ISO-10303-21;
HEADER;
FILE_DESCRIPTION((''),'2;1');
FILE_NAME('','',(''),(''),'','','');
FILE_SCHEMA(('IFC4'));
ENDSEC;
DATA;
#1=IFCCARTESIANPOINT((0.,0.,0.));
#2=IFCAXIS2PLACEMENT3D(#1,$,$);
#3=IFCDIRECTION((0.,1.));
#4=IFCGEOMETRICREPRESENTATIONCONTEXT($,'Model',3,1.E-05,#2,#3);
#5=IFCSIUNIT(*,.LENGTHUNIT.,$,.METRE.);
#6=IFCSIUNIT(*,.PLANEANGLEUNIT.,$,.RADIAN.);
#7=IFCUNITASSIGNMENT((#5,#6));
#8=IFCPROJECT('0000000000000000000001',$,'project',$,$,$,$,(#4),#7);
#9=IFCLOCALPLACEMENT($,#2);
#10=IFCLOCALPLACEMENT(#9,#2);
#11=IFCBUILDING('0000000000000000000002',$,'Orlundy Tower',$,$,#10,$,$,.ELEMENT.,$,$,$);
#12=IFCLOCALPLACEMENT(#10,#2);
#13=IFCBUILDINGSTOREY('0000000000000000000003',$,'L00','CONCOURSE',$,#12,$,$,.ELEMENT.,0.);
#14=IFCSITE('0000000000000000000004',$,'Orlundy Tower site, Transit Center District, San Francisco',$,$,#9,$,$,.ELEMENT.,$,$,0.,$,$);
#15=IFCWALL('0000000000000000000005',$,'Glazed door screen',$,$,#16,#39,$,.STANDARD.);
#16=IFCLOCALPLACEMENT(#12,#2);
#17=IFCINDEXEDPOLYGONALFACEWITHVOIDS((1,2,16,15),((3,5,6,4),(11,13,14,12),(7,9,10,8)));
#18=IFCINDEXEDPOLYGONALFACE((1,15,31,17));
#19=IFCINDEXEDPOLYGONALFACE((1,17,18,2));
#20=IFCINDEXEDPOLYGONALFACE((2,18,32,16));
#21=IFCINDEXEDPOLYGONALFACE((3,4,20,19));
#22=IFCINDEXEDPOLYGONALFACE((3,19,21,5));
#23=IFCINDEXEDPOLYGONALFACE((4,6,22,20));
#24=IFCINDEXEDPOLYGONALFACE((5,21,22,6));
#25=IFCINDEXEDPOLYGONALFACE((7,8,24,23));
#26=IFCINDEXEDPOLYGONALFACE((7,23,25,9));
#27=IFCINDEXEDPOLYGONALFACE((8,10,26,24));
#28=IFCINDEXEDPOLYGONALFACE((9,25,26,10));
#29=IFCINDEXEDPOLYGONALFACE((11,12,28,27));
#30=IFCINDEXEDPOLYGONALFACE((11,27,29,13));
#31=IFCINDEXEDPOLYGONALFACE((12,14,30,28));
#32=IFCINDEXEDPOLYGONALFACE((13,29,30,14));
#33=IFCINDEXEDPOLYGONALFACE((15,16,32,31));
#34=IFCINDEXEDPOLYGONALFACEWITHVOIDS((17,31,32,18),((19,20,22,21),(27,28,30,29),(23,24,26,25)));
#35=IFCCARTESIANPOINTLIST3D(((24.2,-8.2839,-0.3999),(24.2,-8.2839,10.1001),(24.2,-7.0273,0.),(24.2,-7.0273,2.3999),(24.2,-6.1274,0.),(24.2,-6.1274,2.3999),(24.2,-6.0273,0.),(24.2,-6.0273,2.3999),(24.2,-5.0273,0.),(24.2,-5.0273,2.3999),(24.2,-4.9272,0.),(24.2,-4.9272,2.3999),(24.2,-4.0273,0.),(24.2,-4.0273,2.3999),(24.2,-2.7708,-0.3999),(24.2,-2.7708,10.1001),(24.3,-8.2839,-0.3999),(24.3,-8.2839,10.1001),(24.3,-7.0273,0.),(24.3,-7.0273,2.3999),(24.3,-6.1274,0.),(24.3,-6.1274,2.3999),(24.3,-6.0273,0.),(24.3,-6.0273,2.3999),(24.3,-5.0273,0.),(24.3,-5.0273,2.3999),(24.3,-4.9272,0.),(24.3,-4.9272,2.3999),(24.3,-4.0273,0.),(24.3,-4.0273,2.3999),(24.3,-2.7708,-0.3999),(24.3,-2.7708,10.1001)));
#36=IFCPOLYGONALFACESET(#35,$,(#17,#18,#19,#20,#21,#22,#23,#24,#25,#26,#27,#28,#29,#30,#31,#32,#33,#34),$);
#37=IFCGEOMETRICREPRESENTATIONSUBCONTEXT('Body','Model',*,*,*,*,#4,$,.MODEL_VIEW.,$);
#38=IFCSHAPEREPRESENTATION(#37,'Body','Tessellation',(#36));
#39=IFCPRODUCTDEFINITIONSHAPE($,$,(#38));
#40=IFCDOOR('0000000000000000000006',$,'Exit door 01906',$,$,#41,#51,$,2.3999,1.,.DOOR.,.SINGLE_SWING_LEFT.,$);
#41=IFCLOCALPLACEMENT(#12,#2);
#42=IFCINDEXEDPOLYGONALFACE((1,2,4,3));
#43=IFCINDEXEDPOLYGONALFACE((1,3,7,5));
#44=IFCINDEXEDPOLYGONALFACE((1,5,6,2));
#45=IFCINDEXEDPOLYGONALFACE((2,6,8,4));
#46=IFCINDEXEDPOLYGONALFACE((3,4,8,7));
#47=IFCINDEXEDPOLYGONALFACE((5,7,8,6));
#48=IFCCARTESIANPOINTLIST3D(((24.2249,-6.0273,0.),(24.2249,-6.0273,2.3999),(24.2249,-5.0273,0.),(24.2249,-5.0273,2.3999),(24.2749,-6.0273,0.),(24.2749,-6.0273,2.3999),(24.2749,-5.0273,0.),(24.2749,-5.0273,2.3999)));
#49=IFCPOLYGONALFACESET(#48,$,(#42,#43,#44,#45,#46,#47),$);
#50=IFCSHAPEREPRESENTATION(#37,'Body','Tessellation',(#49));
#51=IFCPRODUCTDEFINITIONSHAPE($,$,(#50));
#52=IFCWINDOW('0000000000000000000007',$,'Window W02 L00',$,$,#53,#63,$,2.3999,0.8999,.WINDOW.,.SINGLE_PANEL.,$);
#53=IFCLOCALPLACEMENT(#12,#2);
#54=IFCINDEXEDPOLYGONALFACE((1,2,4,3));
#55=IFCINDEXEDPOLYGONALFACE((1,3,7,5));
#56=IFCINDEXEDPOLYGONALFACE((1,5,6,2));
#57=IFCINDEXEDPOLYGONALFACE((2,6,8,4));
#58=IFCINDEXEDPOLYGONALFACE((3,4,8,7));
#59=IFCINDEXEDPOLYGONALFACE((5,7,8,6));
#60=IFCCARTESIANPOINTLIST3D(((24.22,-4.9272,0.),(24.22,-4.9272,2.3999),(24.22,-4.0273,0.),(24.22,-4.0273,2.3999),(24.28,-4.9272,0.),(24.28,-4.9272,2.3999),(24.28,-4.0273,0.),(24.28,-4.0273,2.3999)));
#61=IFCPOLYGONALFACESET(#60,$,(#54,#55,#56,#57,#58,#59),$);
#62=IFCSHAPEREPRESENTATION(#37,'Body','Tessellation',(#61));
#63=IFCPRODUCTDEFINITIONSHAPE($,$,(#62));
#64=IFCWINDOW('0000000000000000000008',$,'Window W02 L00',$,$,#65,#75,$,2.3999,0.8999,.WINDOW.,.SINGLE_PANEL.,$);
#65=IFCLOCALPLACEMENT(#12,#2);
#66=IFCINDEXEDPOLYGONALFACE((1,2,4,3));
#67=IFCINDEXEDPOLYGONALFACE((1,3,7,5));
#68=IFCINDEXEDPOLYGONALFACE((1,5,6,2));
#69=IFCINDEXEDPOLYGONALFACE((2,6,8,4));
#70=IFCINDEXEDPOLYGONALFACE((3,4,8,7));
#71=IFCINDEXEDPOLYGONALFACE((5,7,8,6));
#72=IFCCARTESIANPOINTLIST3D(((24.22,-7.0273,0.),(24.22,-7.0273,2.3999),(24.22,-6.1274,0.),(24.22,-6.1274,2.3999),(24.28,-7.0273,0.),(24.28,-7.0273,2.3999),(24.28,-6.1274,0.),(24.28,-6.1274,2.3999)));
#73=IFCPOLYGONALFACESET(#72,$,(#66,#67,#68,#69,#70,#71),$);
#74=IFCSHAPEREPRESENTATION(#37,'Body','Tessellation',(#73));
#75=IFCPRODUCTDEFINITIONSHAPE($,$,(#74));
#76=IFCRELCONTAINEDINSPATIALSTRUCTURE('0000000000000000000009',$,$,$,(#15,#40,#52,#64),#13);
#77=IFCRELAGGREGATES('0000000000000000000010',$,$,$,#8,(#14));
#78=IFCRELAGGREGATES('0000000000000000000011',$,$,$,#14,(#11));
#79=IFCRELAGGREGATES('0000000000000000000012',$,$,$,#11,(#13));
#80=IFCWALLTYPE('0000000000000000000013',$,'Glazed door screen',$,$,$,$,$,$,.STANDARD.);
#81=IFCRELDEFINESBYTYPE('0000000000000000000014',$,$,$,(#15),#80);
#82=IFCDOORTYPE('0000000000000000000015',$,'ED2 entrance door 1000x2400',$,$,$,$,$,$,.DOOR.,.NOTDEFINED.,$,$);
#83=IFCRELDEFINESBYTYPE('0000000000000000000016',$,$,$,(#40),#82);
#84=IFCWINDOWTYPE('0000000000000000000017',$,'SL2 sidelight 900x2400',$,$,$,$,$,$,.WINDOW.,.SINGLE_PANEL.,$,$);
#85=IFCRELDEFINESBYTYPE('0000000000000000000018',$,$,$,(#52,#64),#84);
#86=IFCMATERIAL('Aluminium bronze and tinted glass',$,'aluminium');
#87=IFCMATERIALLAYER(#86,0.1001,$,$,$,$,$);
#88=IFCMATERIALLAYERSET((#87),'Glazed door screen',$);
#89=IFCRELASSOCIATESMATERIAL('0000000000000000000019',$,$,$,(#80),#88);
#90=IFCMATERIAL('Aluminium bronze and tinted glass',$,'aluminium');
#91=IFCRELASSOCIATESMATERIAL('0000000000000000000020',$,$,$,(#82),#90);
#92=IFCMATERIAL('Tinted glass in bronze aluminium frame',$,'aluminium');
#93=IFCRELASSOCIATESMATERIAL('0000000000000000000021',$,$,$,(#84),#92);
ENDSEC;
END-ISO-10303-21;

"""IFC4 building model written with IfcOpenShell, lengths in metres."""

from ifc_helpers import new_model, si_unit, direction, frame, frame_2d, origin, place, context, subcontext, project, spatial, rectangle, extrude, material, layer, layer_set, type_object, element, fill, save


model = new_model("IFC4")

# Units and contexts
model_context = context("Model", 3, precision=1e-05, world=origin(), true_north=direction((0.0, 1.0)))
body_context = subcontext(model_context, "Body", "Model", "MODEL_VIEW")
ifc_project = project(units=[si_unit("LENGTHUNIT", "METRE"), si_unit("PLANEANGLEUNIT", "RADIAN")], contexts=[model_context])

# Site, building, storey
site_placement = place(None, origin())
site = spatial("IfcSite", under=ifc_project, at=site_placement, Name="Orlundy Tower site, Transit Center District, San Francisco", CompositionType="ELEMENT", RefElevation=0.0)
building_placement = place(site_placement, origin())
building = spatial("IfcBuilding", under=site, at=building_placement, Name="Orlundy Tower", CompositionType="ELEMENT")
storey_placement = place(building_placement, origin())
storey = spatial("IfcBuildingStorey", under=building, at=storey_placement, Name="L00", Description="CONCOURSE", CompositionType="ELEMENT", Elevation=0.0)

# Shared definitions
ifc_material_1 = material(Name="Aluminium bronze and tinted glass", Category="aluminium")
ifc_layer = layer(ifc_material_1, 0.1001)
ifc_layer_set = layer_set([ifc_layer], Name="Glazed door screen")
wall_type = type_object("IfcWallType", Name="Glazed door screen", PredefinedType="STANDARD", material=ifc_layer_set)

# Wall, openings, door, windows
wall_1_placement = place(storey_placement, frame((24.25, -2.7708, -0.3999), z_axis=(0.0, 0.0, 1.0), x_axis=(0.0, -1.0, 0.0)))
wall_1 = element("IfcWall", 1, at=wall_1_placement, inside=storey, type_object=wall_type, Name="Glazed door screen", PredefinedType="STANDARD", context=body_context, shape_type="SweptSolid", body=[
    extrude(rectangle(XDim=5.5132, YDim=0.1001, at=frame_2d((2.7566, 0.0))), origin(), (0.0, 0.0, 1.0), 10.5),
])
opening_1_placement = place(wall_1_placement, frame((2.2566, 0.0, 0.3999)))
opening_1 = element("IfcOpeningElement", 2, at=opening_1_placement, cuts=wall_1, PredefinedType="OPENING", context=body_context, shape_type="SweptSolid", body=[
    extrude(rectangle(XDim=1.0, YDim=2.3999, at=frame_2d((0.5, 1.2))), frame((0.0, 0.0601, 0.0), z_axis=(0.0, -1.0, 0.0), x_axis=(1.0, 0.0, 0.0)), (0.0, 0.0, 1.0), 0.1201),
])
opening_2_placement = place(wall_1_placement, frame((1.2566, 0.0, 0.3999)))
opening_2 = element("IfcOpeningElement", 3, at=opening_2_placement, cuts=wall_1, PredefinedType="OPENING", context=body_context, shape_type="SweptSolid", body=[
    extrude(rectangle(XDim=0.8999, YDim=2.3999, at=frame_2d((0.45, 1.2))), frame((0.0, 0.0601, 0.0), z_axis=(0.0, -1.0, 0.0), x_axis=(1.0, 0.0, 0.0)), (0.0, 0.0, 1.0), 0.1201),
])
opening_3_placement = place(wall_1_placement, frame((3.3567, 0.0, 0.3999)))
opening_3 = element("IfcOpeningElement", 4, at=opening_3_placement, cuts=wall_1, PredefinedType="OPENING", context=body_context, shape_type="SweptSolid", body=[
    extrude(rectangle(XDim=0.8999, YDim=2.3999, at=frame_2d((0.45, 1.2))), frame((0.0, 0.0601, 0.0), z_axis=(0.0, -1.0, 0.0), x_axis=(1.0, 0.0, 0.0)), (0.0, 0.0, 1.0), 0.1201),
])
ifc_material_2 = material(Name="Aluminium bronze and tinted glass", Category="aluminium")
door_type_1 = type_object("IfcDoorType", Name="ED2 entrance door 1000x2400", OperationType="NOTDEFINED", PredefinedType="DOOR", material=ifc_material_2)
door_1_placement = place(opening_1_placement, origin())
door_1 = element("IfcDoor", 5, at=door_1_placement, inside=storey, type_object=door_type_1, Name="Exit door 01906", OperationType="SINGLE_SWING_LEFT", OverallHeight=2.3999, OverallWidth=1.0, PredefinedType="DOOR", context=body_context, shape_type="SweptSolid", body=[
    extrude(rectangle(XDim=1.0, YDim=2.3999, at=frame_2d((0.5, 1.2))), frame((0.0, 0.0249, 0.0), z_axis=(0.0, -1.0, 0.0), x_axis=(1.0, 0.0, 0.0)), (0.0, 0.0, 1.0), 0.05),
])
fill(opening_1, door_1)
ifc_material_3 = material(Name="Tinted glass in bronze aluminium frame", Category="aluminium")
window_type_1 = type_object("IfcWindowType", Name="SL2 sidelight 900x2400", PartitioningType="SINGLE_PANEL", PredefinedType="WINDOW", material=ifc_material_3)
window_1_placement = place(opening_2_placement, origin())
window_1 = element("IfcWindow", 6, at=window_1_placement, inside=storey, type_object=window_type_1, Name="Window W02 L00", OverallHeight=2.3999, OverallWidth=0.8999, PartitioningType="SINGLE_PANEL", PredefinedType="WINDOW", context=body_context, shape_type="SweptSolid", body=[
    extrude(rectangle(XDim=0.8999, YDim=2.3999, at=frame_2d((0.45, 1.2))), frame((0.0, 0.03, 0.0), z_axis=(0.0, -1.0, 0.0), x_axis=(1.0, 0.0, 0.0)), (0.0, 0.0, 1.0), 0.0601),
])
fill(opening_2, window_1)
window_2_placement = place(opening_3_placement, origin())
window_2 = element("IfcWindow", 7, at=window_2_placement, inside=storey, type_object=window_type_1, Name="Window W02 L00", OverallHeight=2.3999, OverallWidth=0.8999, PartitioningType="SINGLE_PANEL", PredefinedType="WINDOW", context=body_context, shape_type="SweptSolid", body=[
    extrude(rectangle(XDim=0.8999, YDim=2.3999, at=frame_2d((0.45, 1.2))), frame((0.0, 0.03, 0.0), z_axis=(0.0, -1.0, 0.0), x_axis=(1.0, 0.0, 0.0)), (0.0, 0.0, 1.0), 0.0601),
])
fill(opening_3, window_2)

save(model, "model.ifc")
